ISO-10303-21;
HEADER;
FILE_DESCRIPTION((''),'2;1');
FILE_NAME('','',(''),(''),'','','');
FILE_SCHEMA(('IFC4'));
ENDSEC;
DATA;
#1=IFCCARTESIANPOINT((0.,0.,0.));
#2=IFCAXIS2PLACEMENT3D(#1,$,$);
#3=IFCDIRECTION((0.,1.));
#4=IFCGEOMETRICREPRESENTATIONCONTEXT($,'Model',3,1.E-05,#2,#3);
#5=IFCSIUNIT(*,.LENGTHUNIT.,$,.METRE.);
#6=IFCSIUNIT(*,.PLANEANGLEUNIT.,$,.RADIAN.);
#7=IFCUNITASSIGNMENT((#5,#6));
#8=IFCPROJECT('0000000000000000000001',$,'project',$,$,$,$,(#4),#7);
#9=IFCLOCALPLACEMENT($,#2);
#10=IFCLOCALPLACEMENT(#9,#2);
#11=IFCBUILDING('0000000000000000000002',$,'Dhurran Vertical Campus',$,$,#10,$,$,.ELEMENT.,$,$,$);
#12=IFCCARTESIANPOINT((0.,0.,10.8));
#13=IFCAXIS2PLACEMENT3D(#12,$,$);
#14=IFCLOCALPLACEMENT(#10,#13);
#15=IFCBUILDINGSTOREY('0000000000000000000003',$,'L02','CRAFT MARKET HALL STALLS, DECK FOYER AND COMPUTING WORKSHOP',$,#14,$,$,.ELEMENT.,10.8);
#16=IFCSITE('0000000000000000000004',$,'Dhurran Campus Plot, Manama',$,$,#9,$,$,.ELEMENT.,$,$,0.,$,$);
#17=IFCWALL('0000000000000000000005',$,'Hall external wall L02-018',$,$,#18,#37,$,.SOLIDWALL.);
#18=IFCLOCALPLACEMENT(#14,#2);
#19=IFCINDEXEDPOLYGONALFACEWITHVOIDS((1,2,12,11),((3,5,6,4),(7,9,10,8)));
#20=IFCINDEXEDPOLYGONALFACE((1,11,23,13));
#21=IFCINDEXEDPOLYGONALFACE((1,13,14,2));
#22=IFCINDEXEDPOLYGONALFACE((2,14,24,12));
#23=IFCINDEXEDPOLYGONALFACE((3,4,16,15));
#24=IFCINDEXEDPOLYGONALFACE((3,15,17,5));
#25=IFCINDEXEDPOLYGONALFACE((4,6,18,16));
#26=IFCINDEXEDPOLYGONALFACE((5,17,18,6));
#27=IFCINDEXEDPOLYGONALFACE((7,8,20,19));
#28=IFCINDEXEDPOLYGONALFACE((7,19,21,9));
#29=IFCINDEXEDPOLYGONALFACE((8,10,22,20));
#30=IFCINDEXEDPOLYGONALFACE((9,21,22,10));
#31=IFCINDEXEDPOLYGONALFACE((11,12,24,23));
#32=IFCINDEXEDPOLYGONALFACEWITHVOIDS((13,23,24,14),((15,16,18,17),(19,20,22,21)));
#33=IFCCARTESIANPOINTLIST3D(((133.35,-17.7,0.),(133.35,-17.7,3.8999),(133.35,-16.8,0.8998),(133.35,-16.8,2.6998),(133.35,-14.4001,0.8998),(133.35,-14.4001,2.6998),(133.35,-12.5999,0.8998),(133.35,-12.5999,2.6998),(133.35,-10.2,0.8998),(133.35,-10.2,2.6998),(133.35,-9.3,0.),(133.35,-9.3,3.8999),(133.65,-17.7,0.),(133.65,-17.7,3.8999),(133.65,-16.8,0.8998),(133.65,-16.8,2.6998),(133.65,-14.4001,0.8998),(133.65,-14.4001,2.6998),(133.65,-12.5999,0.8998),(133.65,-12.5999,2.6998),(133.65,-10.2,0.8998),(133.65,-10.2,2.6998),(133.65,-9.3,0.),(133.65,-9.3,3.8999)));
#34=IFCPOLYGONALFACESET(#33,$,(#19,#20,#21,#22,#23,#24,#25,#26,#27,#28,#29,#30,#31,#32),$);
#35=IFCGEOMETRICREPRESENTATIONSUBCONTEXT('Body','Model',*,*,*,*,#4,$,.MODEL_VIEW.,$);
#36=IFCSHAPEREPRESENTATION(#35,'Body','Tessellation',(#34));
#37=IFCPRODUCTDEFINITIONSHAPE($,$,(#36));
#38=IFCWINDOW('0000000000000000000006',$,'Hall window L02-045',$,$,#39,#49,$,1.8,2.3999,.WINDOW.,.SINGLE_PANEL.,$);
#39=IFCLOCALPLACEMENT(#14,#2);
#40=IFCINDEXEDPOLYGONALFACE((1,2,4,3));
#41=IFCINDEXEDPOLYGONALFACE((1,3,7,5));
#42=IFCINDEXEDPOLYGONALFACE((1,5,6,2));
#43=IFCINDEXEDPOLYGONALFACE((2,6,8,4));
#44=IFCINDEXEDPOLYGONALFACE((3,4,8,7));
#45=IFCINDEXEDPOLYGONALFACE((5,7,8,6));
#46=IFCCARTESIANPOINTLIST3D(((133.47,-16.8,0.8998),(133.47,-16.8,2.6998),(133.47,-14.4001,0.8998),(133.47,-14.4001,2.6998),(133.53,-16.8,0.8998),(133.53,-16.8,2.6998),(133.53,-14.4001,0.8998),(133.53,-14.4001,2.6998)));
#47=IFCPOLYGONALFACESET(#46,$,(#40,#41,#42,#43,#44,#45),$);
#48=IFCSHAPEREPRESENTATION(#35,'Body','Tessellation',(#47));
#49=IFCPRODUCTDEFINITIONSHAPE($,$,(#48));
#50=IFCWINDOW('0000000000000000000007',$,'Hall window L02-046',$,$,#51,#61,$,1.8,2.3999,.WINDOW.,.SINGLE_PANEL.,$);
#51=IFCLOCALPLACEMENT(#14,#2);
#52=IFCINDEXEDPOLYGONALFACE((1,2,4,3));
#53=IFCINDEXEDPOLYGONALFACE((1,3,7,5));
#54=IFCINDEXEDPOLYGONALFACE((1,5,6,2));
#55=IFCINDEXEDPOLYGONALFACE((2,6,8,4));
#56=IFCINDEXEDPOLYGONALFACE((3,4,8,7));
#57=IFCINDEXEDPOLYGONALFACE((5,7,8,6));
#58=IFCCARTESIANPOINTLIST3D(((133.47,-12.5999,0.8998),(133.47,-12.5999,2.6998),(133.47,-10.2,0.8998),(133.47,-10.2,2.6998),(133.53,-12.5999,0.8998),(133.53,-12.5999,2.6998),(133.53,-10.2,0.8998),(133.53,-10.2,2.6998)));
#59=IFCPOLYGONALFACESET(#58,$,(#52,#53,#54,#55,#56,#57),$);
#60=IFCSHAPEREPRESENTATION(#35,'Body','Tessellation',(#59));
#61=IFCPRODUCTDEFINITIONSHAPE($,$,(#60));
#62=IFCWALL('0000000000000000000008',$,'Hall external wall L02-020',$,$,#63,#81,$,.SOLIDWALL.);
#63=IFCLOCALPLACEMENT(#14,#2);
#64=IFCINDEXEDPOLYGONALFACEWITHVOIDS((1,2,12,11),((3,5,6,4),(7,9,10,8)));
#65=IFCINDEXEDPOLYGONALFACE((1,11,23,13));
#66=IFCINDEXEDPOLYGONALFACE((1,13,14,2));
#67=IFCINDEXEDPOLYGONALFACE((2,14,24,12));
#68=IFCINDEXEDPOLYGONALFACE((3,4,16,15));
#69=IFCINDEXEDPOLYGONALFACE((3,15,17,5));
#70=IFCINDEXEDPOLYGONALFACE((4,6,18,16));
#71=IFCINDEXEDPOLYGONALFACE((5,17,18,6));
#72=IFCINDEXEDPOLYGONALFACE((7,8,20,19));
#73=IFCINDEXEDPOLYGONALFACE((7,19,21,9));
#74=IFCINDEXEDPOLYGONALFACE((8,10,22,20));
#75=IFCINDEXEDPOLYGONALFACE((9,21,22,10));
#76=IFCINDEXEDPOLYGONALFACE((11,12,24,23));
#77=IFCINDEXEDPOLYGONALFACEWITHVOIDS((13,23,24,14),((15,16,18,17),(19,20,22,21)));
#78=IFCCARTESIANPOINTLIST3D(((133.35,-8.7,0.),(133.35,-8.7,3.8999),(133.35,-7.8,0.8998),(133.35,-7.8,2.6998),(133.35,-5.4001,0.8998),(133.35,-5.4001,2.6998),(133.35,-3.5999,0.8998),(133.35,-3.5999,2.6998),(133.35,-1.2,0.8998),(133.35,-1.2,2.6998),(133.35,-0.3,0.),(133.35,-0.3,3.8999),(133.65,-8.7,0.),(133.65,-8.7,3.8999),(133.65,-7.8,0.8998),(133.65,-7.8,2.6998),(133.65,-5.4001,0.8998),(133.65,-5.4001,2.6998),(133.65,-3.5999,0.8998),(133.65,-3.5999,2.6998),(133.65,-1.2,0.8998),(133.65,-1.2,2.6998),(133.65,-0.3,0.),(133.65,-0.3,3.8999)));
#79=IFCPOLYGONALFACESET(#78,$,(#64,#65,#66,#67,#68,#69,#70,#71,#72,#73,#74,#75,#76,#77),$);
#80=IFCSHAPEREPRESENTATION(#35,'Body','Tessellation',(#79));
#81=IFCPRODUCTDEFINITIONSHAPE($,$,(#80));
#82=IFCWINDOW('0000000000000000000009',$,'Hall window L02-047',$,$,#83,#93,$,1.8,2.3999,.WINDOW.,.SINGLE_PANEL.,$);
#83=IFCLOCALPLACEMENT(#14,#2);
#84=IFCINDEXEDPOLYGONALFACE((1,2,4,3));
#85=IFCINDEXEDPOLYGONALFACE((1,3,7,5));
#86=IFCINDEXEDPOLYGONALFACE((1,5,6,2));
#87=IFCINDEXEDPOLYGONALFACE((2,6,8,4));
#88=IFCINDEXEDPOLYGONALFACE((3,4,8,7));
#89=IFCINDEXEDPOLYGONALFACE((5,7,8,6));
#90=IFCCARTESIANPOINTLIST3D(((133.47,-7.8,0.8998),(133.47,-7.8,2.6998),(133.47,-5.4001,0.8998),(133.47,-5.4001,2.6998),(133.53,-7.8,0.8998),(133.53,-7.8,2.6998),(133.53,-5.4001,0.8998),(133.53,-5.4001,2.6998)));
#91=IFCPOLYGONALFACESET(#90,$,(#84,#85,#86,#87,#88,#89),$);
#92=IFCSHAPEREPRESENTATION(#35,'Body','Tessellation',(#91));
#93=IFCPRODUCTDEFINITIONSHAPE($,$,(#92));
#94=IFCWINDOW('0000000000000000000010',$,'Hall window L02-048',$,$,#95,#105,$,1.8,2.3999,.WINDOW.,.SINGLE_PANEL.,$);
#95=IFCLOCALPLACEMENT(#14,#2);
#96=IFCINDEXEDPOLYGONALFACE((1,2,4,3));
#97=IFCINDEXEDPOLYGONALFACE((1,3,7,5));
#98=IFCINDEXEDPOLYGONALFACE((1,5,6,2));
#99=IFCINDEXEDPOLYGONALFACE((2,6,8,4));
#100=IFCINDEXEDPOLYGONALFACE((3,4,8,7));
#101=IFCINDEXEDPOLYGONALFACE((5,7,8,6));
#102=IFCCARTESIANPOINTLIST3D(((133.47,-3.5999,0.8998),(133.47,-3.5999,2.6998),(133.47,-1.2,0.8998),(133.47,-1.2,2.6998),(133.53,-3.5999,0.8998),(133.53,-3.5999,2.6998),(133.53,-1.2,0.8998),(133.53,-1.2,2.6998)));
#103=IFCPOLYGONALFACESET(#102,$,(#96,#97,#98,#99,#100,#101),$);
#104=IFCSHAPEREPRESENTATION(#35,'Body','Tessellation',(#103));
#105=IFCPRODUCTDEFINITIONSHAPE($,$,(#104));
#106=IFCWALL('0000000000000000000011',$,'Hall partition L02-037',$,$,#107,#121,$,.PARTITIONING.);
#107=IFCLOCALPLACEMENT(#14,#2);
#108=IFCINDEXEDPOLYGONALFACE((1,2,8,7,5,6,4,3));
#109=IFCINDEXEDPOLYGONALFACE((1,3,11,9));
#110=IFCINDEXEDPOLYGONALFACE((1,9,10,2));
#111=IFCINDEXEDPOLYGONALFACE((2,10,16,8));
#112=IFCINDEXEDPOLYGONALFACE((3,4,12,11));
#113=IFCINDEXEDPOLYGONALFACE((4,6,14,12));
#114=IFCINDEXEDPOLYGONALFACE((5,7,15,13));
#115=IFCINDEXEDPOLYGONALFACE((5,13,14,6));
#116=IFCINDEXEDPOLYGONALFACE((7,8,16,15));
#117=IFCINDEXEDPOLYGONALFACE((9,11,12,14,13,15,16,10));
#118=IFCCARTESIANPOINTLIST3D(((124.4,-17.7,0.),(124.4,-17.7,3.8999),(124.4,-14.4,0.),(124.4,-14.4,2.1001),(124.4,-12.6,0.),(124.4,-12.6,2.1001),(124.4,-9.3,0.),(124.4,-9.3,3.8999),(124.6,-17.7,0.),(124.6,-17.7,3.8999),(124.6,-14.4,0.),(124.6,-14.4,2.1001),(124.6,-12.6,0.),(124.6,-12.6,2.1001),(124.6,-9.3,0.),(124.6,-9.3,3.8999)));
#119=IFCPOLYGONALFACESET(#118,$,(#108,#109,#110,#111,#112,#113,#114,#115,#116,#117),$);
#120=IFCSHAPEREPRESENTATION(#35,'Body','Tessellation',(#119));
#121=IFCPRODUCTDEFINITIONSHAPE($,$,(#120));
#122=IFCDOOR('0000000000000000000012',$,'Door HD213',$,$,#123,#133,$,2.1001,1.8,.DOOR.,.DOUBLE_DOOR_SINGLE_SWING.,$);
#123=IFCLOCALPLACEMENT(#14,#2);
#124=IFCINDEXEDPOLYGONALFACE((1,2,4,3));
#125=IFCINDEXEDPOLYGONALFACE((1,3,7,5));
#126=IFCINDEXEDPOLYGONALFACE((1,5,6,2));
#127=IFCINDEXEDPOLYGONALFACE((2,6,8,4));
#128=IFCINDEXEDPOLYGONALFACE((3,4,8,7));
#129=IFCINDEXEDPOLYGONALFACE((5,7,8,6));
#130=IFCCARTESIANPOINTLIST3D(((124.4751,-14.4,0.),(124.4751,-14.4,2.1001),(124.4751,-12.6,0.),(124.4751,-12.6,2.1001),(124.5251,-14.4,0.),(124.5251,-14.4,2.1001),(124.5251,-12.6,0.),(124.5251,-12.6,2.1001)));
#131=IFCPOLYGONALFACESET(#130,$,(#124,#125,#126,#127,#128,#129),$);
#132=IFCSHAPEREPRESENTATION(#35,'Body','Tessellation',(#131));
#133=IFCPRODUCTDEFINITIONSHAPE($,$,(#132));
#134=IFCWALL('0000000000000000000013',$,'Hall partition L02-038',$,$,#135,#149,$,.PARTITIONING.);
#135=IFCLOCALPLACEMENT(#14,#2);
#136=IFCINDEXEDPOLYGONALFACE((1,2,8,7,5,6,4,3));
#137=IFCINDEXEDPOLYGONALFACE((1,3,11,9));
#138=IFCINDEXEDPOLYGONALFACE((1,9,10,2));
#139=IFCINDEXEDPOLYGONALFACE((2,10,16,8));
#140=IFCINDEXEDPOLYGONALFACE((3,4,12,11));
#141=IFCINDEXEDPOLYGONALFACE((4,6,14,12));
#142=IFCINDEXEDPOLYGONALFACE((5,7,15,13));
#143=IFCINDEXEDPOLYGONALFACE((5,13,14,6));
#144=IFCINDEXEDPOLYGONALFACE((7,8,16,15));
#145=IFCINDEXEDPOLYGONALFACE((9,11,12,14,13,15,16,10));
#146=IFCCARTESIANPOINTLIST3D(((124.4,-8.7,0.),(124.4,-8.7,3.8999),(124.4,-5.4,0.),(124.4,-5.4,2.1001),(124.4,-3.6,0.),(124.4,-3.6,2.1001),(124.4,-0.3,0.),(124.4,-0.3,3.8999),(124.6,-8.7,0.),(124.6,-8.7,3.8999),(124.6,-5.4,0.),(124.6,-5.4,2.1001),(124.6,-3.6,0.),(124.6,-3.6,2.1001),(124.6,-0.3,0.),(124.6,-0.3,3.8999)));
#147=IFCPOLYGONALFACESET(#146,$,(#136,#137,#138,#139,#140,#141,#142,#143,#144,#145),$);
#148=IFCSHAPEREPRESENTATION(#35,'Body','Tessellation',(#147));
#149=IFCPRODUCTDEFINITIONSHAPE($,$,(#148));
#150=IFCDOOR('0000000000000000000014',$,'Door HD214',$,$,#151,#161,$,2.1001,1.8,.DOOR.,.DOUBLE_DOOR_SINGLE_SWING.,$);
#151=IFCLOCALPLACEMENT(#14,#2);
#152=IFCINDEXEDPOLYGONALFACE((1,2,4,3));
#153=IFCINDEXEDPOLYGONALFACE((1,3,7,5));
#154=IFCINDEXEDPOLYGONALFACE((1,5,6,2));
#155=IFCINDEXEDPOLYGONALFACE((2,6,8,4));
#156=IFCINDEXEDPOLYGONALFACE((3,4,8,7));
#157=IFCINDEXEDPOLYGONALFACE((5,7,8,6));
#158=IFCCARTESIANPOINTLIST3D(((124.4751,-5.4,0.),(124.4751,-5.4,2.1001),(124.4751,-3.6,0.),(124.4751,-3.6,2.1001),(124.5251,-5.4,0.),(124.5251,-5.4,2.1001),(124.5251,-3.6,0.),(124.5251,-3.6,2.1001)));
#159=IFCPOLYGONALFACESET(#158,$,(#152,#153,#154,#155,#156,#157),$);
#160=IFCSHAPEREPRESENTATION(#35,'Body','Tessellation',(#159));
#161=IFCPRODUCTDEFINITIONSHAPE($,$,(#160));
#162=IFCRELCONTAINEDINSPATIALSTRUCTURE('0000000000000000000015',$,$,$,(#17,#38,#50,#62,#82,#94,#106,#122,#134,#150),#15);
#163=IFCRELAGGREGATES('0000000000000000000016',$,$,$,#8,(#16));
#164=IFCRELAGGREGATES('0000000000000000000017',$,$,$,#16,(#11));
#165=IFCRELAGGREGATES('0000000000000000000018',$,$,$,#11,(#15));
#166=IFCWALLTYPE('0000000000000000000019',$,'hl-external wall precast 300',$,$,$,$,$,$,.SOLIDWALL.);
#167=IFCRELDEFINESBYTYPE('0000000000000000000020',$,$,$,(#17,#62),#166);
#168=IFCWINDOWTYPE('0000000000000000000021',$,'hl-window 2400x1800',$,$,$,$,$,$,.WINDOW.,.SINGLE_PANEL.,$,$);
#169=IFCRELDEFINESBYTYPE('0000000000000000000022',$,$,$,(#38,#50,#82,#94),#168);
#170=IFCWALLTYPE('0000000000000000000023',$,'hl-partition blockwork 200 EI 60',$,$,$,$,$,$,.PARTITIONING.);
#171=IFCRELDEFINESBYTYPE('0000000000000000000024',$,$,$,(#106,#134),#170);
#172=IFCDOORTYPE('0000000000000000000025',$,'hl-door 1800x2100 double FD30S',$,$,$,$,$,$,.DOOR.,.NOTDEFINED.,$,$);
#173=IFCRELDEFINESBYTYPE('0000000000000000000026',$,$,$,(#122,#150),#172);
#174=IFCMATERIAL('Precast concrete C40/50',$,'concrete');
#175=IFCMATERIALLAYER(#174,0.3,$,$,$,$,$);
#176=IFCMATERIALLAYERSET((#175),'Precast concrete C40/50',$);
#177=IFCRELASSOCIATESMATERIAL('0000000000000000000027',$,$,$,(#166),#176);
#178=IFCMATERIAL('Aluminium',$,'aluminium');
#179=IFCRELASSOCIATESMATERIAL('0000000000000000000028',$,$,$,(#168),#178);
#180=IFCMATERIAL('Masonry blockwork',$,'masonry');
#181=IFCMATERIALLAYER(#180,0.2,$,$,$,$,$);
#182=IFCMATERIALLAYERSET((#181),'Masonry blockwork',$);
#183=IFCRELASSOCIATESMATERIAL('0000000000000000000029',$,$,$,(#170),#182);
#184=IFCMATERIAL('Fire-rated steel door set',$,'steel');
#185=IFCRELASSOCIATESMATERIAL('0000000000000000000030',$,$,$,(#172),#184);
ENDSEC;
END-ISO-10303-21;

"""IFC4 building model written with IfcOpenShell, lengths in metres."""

from ifc_helpers import new_model, si_unit, direction, frame, frame_2d, origin, place, context, subcontext, project, spatial, rectangle, extrude, material, layer, layer_set, type_object, element, fill, save


model = new_model("IFC4")

# Units and contexts
model_context = context("Model", 3, precision=1e-05, world=origin(), true_north=direction((0.0, 1.0)))
body_context = subcontext(model_context, "Body", "Model", "MODEL_VIEW")
ifc_project = project(units=[si_unit("LENGTHUNIT", "METRE"), si_unit("PLANEANGLEUNIT", "RADIAN")], contexts=[model_context])

# Site, building, storey
site_placement = place(None, origin())
site = spatial("IfcSite", under=ifc_project, at=site_placement, Name="Dhurran Campus Plot, Manama", CompositionType="ELEMENT", RefElevation=0.0)
building_placement = place(site_placement, origin())
building = spatial("IfcBuilding", under=site, at=building_placement, Name="Dhurran Vertical Campus", CompositionType="ELEMENT")
storey_placement = place(building_placement, frame((0.0, 0.0, 10.8)))
storey = spatial("IfcBuildingStorey", under=building, at=storey_placement, Name="L02", Description="CRAFT MARKET HALL STALLS, DECK FOYER AND COMPUTING WORKSHOP", CompositionType="ELEMENT", Elevation=10.8)

# Walls, openings, windows
ifc_material_1 = material(Name="Precast concrete C40/50", Category="concrete")
ifc_layer_1 = layer(ifc_material_1, 0.3)
ifc_layer_set_1 = layer_set([ifc_layer_1], Name="Precast concrete C40/50")
wall_type_1 = type_object("IfcWallType", Name="hl-external wall precast 300", PredefinedType="SOLIDWALL", material=ifc_layer_set_1)
wall_1_placement = place(storey_placement, frame((133.5, -17.7, 0.0), z_axis=(0.0, 0.0, 1.0), x_axis=(0.0, 1.0, 0.0)))
wall_1 = element("IfcWall", 1, at=wall_1_placement, inside=storey, type_object=wall_type_1, Name="Hall external wall L02-018", PredefinedType="SOLIDWALL", context=body_context, shape_type="SweptSolid", body=[
    extrude(rectangle(XDim=8.3999, YDim=0.3, at=frame_2d((4.2, 0.0))), origin(), (0.0, 0.0, 1.0), 3.8999),
])
opening_1_placement = place(wall_1_placement, frame((0.8999, 0.0, 0.8999)))
opening_1 = element("IfcOpeningElement", 2, at=opening_1_placement, cuts=wall_1, PredefinedType="OPENING", context=body_context, shape_type="SweptSolid", body=[
    extrude(rectangle(XDim=2.3999, YDim=1.8, at=frame_2d((1.2, 0.8999))), frame((0.0, 0.1599, 0.0), z_axis=(0.0, -1.0, 0.0), x_axis=(1.0, 0.0, 0.0)), (0.0, 0.0, 1.0), 0.3201),
])
opening_2_placement = place(wall_1_placement, frame((5.1001, 0.0, 0.8999)))
opening_2 = element("IfcOpeningElement", 3, at=opening_2_placement, cuts=wall_1, PredefinedType="OPENING", context=body_context, shape_type="SweptSolid", body=[
    extrude(rectangle(XDim=2.3999, YDim=1.8, at=frame_2d((1.2, 0.8999))), frame((0.0, 0.1599, 0.0), z_axis=(0.0, -1.0, 0.0), x_axis=(1.0, 0.0, 0.0)), (0.0, 0.0, 1.0), 0.3201),
])
ifc_material_2 = material(Name="Aluminium", Category="aluminium")
window_type = type_object("IfcWindowType", Name="hl-window 2400x1800", PartitioningType="SINGLE_PANEL", PredefinedType="WINDOW", material=ifc_material_2)
window_1_placement = place(opening_1_placement, origin())
window_1 = element("IfcWindow", 4, at=window_1_placement, inside=storey, type_object=window_type, Name="Hall window L02-045", OverallHeight=1.8, OverallWidth=2.3999, PartitioningType="SINGLE_PANEL", PredefinedType="WINDOW", context=body_context, shape_type="SweptSolid", body=[
    extrude(rectangle(XDim=2.3999, YDim=1.8, at=frame_2d((1.2, 0.8999))), frame((0.0, 0.03, 0.0), z_axis=(0.0, -1.0, 0.0), x_axis=(1.0, 0.0, 0.0)), (0.0, 0.0, 1.0), 0.0601),
])
fill(opening_1, window_1)
window_2_placement = place(opening_2_placement, origin())
window_2 = element("IfcWindow", 5, at=window_2_placement, inside=storey, type_object=window_type, Name="Hall window L02-046", OverallHeight=1.8, OverallWidth=2.3999, PartitioningType="SINGLE_PANEL", PredefinedType="WINDOW", context=body_context, shape_type="SweptSolid", body=[
    extrude(rectangle(XDim=2.3999, YDim=1.8, at=frame_2d((1.2, 0.8999))), frame((0.0, 0.03, 0.0), z_axis=(0.0, -1.0, 0.0), x_axis=(1.0, 0.0, 0.0)), (0.0, 0.0, 1.0), 0.0601),
])
fill(opening_2, window_2)
wall_2_placement = place(storey_placement, frame((133.5, -8.7, 0.0), z_axis=(0.0, 0.0, 1.0), x_axis=(0.0, 1.0, 0.0)))
wall_2 = element("IfcWall", 6, at=wall_2_placement, inside=storey, type_object=wall_type_1, Name="Hall external wall L02-020", PredefinedType="SOLIDWALL", context=body_context, shape_type="SweptSolid", body=[
    extrude(rectangle(XDim=8.3999, YDim=0.3, at=frame_2d((4.2, 0.0))), origin(), (0.0, 0.0, 1.0), 3.8999),
])
opening_3_placement = place(wall_2_placement, frame((0.8999, 0.0, 0.8999)))
opening_3 = element("IfcOpeningElement", 7, at=opening_3_placement, cuts=wall_2, PredefinedType="OPENING", context=body_context, shape_type="SweptSolid", body=[
    extrude(rectangle(XDim=2.3999, YDim=1.8, at=frame_2d((1.2, 0.8999))), frame((0.0, 0.1599, 0.0), z_axis=(0.0, -1.0, 0.0), x_axis=(1.0, 0.0, 0.0)), (0.0, 0.0, 1.0), 0.3201),
])
opening_4_placement = place(wall_2_placement, frame((5.1001, 0.0, 0.8999)))
opening_4 = element("IfcOpeningElement", 8, at=opening_4_placement, cuts=wall_2, PredefinedType="OPENING", context=body_context, shape_type="SweptSolid", body=[
    extrude(rectangle(XDim=2.3999, YDim=1.8, at=frame_2d((1.2, 0.8999))), frame((0.0, 0.1599, 0.0), z_axis=(0.0, -1.0, 0.0), x_axis=(1.0, 0.0, 0.0)), (0.0, 0.0, 1.0), 0.3201),
])
window_3_placement = place(opening_3_placement, origin())
window_3 = element("IfcWindow", 9, at=window_3_placement, inside=storey, type_object=window_type, Name="Hall window L02-047", OverallHeight=1.8, OverallWidth=2.3999, PartitioningType="SINGLE_PANEL", PredefinedType="WINDOW", context=body_context, shape_type="SweptSolid", body=[
    extrude(rectangle(XDim=2.3999, YDim=1.8, at=frame_2d((1.2, 0.8999))), frame((0.0, 0.03, 0.0), z_axis=(0.0, -1.0, 0.0), x_axis=(1.0, 0.0, 0.0)), (0.0, 0.0, 1.0), 0.0601),
])
fill(opening_3, window_3)
window_4_placement = place(opening_4_placement, origin())
window_4 = element("IfcWindow", 10, at=window_4_placement, inside=storey, type_object=window_type, Name="Hall window L02-048", OverallHeight=1.8, OverallWidth=2.3999, PartitioningType="SINGLE_PANEL", PredefinedType="WINDOW", context=body_context, shape_type="SweptSolid", body=[
    extrude(rectangle(XDim=2.3999, YDim=1.8, at=frame_2d((1.2, 0.8999))), frame((0.0, 0.03, 0.0), z_axis=(0.0, -1.0, 0.0), x_axis=(1.0, 0.0, 0.0)), (0.0, 0.0, 1.0), 0.0601),
])
fill(opening_4, window_4)

# Walls, openings, doors
ifc_material_3 = material(Name="Masonry blockwork", Category="masonry")
ifc_layer_2 = layer(ifc_material_3, 0.2)
ifc_layer_set_2 = layer_set([ifc_layer_2], Name="Masonry blockwork")
wall_type_2 = type_object("IfcWallType", Name="hl-partition blockwork 200 EI 60", PredefinedType="PARTITIONING", material=ifc_layer_set_2)
wall_3_placement = place(storey_placement, frame((124.5, -17.7, 0.0), z_axis=(0.0, 0.0, 1.0), x_axis=(0.0, 1.0, 0.0)))
wall_3 = element("IfcWall", 11, at=wall_3_placement, inside=storey, type_object=wall_type_2, Name="Hall partition L02-037", PredefinedType="PARTITIONING", context=body_context, shape_type="SweptSolid", body=[
    extrude(rectangle(XDim=8.3999, YDim=0.2, at=frame_2d((4.2, 0.0))), origin(), (0.0, 0.0, 1.0), 3.8999),
])
opening_5_placement = place(wall_3_placement, frame((3.3, 0.0, 0.0)))
opening_5 = element("IfcOpeningElement", 12, at=opening_5_placement, cuts=wall_3, PredefinedType="OPENING", context=body_context, shape_type="SweptSolid", body=[
    extrude(rectangle(XDim=1.8, YDim=2.1001, at=frame_2d((0.8999, 1.05))), frame((0.0, 0.1099, 0.0), z_axis=(0.0, -1.0, 0.0), x_axis=(1.0, 0.0, 0.0)), (0.0, 0.0, 1.0), 0.22),
])
ifc_material_4 = material(Name="Fire-rated steel door set", Category="steel")
door_type_1 = type_object("IfcDoorType", Name="hl-door 1800x2100 double FD30S", OperationType="NOTDEFINED", PredefinedType="DOOR", material=ifc_material_4)
door_1_placement = place(opening_5_placement, origin())
door_1 = element("IfcDoor", 13, at=door_1_placement, inside=storey, type_object=door_type_1, Name="Door HD213", OperationType="DOUBLE_DOOR_SINGLE_SWING", OverallHeight=2.1001, OverallWidth=1.8, PredefinedType="DOOR", context=body_context, shape_type="SweptSolid", body=[
    extrude(rectangle(XDim=1.8, YDim=2.1001, at=frame_2d((0.8999, 1.05))), frame((0.0, 0.0249, 0.0), z_axis=(0.0, -1.0, 0.0), x_axis=(1.0, 0.0, 0.0)), (0.0, 0.0, 1.0), 0.05),
])
fill(opening_5, door_1)
wall_4_placement = place(storey_placement, frame((124.5, -8.7, 0.0), z_axis=(0.0, 0.0, 1.0), x_axis=(0.0, 1.0, 0.0)))
wall_4 = element("IfcWall", 14, at=wall_4_placement, inside=storey, type_object=wall_type_2, Name="Hall partition L02-038", PredefinedType="PARTITIONING", context=body_context, shape_type="SweptSolid", body=[
    extrude(rectangle(XDim=8.3999, YDim=0.2, at=frame_2d((4.2, 0.0))), origin(), (0.0, 0.0, 1.0), 3.8999),
])
opening_6_placement = place(wall_4_placement, frame((3.3, 0.0, 0.0)))
opening_6 = element("IfcOpeningElement", 15, at=opening_6_placement, cuts=wall_4, PredefinedType="OPENING", context=body_context, shape_type="SweptSolid", body=[
    extrude(rectangle(XDim=1.8, YDim=2.1001, at=frame_2d((0.8999, 1.05))), frame((0.0, 0.1099, 0.0), z_axis=(0.0, -1.0, 0.0), x_axis=(1.0, 0.0, 0.0)), (0.0, 0.0, 1.0), 0.22),
])
door_2_placement = place(opening_6_placement, origin())
door_2 = element("IfcDoor", 16, at=door_2_placement, inside=storey, type_object=door_type_1, Name="Door HD214", OperationType="DOUBLE_DOOR_SINGLE_SWING", OverallHeight=2.1001, OverallWidth=1.8, PredefinedType="DOOR", context=body_context, shape_type="SweptSolid", body=[
    extrude(rectangle(XDim=1.8, YDim=2.1001, at=frame_2d((0.8999, 1.05))), frame((0.0, 0.0249, 0.0), z_axis=(0.0, -1.0, 0.0), x_axis=(1.0, 0.0, 0.0)), (0.0, 0.0, 1.0), 0.05),
])
fill(opening_6, door_2)

save(model, "model.ifc")
